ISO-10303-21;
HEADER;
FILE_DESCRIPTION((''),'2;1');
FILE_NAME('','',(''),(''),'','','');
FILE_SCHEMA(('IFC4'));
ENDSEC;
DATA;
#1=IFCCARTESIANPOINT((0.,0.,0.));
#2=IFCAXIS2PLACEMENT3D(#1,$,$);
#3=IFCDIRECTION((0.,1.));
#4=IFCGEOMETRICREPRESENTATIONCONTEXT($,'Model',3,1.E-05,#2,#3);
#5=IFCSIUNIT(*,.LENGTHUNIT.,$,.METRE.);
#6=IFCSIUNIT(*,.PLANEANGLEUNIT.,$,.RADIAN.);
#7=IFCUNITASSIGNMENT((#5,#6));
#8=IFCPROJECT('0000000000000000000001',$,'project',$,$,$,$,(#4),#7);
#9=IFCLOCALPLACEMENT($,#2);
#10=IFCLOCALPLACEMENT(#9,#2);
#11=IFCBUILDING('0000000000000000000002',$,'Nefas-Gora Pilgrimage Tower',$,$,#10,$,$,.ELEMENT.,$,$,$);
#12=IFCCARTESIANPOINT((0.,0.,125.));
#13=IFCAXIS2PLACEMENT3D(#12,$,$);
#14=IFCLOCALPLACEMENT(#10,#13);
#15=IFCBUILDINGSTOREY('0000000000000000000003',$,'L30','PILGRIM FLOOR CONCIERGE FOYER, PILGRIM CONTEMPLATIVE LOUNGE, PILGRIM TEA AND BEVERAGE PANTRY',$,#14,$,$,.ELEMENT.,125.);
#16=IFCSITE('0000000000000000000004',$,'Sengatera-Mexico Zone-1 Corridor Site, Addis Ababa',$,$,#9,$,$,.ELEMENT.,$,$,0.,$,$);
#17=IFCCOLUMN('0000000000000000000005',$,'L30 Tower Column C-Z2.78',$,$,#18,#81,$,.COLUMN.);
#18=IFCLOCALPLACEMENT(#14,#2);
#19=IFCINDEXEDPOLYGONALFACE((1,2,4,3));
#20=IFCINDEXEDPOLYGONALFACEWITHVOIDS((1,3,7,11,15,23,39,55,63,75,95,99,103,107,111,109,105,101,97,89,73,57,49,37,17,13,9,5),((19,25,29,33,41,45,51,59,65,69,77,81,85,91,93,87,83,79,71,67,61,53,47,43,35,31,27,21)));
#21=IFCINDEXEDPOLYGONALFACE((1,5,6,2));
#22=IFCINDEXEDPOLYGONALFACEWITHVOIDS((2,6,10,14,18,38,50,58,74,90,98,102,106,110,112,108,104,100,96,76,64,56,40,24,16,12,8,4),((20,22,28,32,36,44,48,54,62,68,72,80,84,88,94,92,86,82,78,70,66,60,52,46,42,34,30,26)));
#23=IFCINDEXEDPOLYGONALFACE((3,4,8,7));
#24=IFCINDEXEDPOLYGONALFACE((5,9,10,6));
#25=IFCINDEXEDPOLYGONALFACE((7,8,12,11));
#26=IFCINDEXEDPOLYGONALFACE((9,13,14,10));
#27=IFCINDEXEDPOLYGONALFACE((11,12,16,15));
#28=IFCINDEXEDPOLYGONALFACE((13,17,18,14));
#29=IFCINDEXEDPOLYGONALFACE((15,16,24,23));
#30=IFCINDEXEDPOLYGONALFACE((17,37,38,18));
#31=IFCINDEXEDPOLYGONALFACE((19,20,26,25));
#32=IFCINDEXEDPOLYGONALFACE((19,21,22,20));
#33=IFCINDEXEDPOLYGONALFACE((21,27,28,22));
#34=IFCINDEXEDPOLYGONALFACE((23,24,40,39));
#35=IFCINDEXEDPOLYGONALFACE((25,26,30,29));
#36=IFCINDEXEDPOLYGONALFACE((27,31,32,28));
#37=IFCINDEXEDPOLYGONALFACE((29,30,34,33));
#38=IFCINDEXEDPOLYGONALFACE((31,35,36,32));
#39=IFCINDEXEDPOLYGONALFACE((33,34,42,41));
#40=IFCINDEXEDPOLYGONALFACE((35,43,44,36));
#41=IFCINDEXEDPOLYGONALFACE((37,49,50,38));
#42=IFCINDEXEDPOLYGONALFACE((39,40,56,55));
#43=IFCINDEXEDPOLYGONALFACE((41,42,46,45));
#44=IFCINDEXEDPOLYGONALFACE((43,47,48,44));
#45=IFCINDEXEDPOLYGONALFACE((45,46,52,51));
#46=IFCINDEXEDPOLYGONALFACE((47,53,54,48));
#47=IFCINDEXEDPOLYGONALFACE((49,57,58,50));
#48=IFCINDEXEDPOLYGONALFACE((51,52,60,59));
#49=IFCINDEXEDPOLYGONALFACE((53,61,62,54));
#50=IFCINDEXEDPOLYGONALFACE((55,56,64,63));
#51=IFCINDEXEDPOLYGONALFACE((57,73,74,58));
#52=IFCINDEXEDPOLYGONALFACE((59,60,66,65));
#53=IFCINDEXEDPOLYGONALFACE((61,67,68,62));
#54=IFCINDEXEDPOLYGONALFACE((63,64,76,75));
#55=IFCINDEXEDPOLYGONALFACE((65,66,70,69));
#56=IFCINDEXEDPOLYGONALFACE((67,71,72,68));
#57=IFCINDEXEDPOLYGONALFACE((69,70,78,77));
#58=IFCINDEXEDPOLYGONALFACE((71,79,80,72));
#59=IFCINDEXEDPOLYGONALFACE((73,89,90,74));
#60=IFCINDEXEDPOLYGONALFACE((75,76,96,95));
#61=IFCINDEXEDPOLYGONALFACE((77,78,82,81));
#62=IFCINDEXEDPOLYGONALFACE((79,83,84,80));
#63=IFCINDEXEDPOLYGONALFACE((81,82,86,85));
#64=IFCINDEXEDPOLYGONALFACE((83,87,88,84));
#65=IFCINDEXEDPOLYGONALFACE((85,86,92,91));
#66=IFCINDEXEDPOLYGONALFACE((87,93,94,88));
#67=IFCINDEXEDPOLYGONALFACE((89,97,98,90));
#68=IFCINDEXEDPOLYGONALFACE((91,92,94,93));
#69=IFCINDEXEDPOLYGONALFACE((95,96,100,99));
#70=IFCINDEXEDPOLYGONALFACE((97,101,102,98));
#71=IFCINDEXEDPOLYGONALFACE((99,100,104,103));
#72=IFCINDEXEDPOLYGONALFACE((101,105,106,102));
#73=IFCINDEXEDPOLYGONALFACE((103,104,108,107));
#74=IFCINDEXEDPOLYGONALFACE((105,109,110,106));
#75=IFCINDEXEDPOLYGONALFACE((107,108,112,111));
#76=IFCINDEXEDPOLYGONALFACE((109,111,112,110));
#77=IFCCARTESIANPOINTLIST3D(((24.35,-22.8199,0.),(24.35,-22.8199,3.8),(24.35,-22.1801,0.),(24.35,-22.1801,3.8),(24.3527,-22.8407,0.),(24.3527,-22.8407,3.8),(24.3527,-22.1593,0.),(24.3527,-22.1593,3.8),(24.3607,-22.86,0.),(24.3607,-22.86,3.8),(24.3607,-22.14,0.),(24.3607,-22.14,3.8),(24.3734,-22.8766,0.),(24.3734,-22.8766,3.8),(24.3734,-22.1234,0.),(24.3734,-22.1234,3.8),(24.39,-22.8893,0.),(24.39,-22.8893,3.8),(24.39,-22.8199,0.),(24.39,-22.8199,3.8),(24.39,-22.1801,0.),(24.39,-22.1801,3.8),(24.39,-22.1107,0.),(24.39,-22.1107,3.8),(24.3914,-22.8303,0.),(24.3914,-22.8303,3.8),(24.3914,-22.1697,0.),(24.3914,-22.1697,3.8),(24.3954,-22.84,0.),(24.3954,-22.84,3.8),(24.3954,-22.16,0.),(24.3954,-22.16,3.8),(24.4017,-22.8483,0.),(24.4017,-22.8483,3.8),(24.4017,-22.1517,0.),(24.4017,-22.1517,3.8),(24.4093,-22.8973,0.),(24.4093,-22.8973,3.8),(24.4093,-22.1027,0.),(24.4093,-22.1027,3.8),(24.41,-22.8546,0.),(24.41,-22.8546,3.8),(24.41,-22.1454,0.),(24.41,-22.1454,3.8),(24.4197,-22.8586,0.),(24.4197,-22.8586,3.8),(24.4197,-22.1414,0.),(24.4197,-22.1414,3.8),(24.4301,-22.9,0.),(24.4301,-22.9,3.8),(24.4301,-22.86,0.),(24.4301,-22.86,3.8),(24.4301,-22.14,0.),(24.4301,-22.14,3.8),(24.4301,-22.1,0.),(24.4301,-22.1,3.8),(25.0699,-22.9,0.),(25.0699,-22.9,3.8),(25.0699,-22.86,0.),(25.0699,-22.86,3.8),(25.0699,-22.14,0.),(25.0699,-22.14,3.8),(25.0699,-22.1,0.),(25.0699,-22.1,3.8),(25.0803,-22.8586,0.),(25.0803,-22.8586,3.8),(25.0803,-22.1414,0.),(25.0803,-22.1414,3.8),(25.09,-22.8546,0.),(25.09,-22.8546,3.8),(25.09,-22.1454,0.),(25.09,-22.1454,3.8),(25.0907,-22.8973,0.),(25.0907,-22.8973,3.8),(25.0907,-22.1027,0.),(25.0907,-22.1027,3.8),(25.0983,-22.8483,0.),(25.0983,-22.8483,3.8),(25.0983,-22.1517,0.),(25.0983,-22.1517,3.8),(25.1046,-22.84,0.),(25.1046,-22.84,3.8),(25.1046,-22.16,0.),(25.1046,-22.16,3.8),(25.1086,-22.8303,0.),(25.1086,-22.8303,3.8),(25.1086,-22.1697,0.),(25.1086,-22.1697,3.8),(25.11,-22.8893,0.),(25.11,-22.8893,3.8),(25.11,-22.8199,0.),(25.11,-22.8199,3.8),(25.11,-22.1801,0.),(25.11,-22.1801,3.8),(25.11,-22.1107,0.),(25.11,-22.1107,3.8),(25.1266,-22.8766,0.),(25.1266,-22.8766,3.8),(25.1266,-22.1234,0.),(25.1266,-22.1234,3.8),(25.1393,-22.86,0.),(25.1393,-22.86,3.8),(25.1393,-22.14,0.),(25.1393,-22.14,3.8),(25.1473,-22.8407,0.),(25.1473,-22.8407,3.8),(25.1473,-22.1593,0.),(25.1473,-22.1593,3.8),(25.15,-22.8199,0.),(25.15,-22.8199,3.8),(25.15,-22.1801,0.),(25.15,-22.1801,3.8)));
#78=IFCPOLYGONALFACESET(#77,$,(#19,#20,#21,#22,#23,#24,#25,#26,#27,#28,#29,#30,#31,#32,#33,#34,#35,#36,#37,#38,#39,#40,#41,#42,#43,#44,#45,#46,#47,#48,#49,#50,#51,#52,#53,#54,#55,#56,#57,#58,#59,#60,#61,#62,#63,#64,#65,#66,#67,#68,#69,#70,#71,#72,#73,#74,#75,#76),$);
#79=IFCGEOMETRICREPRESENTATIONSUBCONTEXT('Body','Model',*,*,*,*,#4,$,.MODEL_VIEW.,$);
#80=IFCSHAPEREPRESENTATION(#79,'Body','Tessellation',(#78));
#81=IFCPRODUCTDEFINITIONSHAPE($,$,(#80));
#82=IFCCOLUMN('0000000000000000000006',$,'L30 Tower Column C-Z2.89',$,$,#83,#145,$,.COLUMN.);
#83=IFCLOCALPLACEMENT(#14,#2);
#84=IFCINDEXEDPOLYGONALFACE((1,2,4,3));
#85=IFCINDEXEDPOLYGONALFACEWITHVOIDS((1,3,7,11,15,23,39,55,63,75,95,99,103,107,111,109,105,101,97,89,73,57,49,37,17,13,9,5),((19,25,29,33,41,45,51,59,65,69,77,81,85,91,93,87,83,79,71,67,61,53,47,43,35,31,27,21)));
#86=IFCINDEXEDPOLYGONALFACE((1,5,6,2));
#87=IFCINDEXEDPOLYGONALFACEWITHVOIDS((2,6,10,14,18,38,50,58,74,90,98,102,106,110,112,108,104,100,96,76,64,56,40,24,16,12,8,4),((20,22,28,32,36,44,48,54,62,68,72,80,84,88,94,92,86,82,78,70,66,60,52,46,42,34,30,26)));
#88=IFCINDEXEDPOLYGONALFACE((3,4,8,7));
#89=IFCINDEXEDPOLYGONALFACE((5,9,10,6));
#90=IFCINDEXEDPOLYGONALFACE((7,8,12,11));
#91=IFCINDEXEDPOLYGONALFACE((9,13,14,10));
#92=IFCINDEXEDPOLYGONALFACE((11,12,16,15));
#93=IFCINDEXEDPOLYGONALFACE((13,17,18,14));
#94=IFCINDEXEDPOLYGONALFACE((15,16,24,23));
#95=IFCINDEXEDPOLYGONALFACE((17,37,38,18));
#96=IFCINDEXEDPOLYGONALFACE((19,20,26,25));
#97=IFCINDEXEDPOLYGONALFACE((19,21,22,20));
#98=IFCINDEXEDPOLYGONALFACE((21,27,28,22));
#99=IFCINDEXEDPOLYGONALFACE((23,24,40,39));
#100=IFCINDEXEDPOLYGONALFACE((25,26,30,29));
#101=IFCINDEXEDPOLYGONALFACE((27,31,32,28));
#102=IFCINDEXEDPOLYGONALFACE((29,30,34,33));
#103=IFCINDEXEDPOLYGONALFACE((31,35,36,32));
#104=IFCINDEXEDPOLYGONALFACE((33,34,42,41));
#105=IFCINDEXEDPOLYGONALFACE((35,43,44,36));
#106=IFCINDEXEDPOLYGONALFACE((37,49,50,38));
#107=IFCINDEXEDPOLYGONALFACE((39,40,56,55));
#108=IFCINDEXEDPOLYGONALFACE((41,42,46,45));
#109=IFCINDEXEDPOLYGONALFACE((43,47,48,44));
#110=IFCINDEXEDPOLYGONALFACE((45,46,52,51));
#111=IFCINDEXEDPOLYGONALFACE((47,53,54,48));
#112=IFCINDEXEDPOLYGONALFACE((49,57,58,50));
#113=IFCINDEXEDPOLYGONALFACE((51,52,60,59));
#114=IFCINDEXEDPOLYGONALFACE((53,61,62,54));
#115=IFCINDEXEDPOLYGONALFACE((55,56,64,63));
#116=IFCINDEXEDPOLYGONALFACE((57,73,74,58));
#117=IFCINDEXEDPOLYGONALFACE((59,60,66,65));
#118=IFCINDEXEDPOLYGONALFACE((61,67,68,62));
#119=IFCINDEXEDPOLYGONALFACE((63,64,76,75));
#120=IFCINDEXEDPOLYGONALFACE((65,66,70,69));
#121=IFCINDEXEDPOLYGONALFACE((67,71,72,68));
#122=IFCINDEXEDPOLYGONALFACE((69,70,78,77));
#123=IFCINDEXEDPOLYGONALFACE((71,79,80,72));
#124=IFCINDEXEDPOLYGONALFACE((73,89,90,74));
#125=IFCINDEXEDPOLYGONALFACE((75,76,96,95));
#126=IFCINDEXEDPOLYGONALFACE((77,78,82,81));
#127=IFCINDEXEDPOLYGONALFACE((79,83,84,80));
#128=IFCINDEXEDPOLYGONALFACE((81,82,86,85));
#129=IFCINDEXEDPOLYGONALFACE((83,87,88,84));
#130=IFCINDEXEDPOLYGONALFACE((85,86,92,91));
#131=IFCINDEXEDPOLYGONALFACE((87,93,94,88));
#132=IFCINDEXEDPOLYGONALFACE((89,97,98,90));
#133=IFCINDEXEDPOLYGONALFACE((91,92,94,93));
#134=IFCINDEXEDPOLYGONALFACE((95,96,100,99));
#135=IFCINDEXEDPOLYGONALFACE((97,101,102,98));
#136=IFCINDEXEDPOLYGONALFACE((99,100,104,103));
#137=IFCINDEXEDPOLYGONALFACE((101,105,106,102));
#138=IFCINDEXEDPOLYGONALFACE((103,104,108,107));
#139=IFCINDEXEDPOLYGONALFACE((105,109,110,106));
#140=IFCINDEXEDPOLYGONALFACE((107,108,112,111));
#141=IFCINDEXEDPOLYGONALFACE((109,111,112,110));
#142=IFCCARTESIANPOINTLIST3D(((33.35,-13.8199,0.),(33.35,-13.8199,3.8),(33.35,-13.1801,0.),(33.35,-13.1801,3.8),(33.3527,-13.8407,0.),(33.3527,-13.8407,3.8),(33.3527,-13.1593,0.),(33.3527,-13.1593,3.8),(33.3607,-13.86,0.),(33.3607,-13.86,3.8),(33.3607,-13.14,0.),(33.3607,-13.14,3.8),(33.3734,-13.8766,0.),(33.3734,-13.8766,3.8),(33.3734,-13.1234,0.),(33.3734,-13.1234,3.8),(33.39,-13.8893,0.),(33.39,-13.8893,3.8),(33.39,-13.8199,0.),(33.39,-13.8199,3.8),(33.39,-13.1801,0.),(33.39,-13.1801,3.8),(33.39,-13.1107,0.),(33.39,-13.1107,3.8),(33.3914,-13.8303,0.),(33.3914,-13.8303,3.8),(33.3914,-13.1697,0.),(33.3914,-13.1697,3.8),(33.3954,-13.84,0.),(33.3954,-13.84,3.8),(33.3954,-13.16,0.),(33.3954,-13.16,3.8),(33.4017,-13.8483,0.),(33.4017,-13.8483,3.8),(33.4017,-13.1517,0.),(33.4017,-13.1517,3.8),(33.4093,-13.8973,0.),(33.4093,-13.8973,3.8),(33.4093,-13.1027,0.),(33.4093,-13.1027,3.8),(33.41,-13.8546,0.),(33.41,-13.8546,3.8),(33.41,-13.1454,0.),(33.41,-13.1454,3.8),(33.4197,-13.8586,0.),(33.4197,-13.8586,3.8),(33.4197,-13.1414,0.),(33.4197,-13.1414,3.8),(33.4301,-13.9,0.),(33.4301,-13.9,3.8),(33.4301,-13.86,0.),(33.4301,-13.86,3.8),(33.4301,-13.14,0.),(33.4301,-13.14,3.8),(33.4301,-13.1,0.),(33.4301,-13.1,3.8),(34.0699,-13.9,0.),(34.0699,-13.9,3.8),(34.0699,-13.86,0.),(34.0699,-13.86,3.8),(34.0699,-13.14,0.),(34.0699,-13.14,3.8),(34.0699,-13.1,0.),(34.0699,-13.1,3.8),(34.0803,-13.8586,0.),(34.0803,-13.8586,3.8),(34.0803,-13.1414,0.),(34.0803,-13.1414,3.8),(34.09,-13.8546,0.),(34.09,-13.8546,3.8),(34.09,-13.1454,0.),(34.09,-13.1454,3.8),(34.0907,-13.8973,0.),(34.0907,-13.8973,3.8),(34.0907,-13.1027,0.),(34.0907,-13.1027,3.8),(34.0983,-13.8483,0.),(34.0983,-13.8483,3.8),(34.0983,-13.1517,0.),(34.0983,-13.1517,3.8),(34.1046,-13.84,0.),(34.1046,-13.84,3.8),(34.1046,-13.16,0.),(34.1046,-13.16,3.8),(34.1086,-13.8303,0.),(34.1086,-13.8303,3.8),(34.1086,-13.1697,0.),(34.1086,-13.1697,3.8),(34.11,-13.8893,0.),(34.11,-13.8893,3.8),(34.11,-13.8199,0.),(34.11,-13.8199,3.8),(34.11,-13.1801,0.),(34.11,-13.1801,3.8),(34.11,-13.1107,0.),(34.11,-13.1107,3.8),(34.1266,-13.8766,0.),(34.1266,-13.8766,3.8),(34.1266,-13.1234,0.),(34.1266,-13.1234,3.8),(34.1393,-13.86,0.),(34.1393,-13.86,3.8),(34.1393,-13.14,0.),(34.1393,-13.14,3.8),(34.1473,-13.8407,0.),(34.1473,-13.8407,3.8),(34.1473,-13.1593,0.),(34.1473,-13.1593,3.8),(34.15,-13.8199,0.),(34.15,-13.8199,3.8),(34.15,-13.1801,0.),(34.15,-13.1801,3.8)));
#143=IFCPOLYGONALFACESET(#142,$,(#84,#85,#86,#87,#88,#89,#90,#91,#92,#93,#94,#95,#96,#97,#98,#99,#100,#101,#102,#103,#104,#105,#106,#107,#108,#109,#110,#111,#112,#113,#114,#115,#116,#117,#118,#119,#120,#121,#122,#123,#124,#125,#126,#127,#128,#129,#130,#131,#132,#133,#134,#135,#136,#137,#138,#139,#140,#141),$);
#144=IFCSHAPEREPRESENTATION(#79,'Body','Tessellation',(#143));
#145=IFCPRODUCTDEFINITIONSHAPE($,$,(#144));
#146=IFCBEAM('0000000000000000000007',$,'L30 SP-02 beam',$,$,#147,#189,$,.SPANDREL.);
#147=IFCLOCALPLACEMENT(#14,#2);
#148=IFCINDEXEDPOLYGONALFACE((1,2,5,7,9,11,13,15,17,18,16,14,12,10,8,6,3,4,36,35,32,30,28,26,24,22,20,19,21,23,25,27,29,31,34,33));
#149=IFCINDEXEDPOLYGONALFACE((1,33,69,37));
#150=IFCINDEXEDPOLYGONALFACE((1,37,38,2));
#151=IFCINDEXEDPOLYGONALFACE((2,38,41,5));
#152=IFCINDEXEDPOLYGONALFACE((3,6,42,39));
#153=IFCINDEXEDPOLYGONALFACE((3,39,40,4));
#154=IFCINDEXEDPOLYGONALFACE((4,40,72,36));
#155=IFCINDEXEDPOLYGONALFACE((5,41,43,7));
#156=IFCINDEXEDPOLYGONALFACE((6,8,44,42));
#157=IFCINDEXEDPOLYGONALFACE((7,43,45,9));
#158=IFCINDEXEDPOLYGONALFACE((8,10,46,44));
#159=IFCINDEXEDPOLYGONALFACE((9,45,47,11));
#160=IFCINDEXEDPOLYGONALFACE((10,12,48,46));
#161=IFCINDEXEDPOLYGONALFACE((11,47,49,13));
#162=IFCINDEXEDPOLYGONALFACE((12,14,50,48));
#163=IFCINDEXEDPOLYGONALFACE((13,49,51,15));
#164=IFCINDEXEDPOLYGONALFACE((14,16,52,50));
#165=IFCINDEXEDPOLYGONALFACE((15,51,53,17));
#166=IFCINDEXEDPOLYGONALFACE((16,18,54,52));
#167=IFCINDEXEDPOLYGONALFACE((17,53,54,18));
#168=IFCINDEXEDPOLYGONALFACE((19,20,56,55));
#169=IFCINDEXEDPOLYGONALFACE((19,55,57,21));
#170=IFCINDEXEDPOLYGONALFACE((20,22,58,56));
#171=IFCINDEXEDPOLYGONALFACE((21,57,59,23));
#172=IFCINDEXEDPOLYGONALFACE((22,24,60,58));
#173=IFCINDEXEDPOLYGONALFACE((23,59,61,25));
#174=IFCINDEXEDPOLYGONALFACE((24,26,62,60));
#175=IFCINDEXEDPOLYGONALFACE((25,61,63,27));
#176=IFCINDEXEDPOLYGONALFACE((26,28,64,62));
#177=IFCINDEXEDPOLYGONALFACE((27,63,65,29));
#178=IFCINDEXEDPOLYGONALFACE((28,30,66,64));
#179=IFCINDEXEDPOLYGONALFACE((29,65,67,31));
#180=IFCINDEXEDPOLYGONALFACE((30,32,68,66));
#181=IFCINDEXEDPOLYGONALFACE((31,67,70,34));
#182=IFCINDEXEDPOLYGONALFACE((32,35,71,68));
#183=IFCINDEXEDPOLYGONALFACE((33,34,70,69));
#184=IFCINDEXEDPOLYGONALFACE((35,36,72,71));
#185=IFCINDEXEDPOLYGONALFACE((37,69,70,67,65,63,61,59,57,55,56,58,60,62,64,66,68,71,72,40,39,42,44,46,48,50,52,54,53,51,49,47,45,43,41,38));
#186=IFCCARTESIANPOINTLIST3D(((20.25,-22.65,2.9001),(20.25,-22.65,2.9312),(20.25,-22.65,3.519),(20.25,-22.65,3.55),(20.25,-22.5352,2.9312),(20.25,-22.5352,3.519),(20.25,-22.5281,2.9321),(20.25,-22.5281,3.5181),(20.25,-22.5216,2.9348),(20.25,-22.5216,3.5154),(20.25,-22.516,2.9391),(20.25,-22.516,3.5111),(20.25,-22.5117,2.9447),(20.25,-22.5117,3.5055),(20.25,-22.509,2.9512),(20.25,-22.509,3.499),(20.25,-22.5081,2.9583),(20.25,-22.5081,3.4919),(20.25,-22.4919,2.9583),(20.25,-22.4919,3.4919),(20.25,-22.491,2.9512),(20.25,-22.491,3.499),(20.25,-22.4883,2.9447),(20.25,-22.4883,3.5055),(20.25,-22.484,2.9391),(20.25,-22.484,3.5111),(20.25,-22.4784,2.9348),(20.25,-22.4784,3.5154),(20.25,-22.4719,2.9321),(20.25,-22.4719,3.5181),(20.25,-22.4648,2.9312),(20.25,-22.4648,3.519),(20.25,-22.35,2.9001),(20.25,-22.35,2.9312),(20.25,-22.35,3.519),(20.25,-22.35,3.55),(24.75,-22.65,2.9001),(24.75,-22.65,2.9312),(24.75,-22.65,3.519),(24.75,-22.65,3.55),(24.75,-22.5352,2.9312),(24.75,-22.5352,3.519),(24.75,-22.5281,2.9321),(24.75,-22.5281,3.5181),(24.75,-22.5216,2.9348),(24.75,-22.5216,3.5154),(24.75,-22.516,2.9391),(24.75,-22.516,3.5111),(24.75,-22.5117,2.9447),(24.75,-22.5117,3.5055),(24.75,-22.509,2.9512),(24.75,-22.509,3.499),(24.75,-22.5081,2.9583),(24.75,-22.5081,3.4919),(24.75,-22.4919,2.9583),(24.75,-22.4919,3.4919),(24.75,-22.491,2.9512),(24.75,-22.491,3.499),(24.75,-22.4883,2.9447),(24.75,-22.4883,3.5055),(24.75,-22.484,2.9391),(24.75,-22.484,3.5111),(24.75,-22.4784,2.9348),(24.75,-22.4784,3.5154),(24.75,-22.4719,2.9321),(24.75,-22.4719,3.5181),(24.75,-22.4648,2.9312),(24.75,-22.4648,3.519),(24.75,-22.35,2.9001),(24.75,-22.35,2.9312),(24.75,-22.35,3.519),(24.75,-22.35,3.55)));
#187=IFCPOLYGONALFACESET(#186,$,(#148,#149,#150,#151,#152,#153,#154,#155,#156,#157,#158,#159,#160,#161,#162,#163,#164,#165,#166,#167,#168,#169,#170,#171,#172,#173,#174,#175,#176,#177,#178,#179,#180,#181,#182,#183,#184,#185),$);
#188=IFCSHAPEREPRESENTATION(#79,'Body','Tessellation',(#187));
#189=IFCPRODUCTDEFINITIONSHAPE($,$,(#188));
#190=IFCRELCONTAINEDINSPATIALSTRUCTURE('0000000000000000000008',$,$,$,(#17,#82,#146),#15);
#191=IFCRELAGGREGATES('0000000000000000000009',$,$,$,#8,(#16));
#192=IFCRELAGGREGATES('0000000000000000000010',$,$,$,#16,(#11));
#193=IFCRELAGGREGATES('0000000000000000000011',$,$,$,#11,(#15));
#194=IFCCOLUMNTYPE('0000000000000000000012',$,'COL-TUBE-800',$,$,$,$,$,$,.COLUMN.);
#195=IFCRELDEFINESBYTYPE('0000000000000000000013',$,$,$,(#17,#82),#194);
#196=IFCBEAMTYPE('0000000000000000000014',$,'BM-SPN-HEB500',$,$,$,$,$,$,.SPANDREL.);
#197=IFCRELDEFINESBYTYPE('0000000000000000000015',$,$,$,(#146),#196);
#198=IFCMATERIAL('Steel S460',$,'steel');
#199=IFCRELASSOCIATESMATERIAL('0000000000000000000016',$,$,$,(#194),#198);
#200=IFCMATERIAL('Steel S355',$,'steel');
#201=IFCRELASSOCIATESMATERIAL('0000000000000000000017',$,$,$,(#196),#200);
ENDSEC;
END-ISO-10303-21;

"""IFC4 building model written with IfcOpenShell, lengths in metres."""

from ifc_helpers import new_model, si_unit, direction, frame, origin, origin_2d, place, context, subcontext, project, spatial, hollow_rectangle, i_section, extrude, source, transform, mapped, material, material_profile, profile_set, type_object, element, save


model = new_model("IFC4")

# Units and contexts
model_context = context("Model", 3, precision=1e-05, world=origin(), true_north=direction((0.0, 1.0)))
body_context = subcontext(model_context, "Body", "Model", "MODEL_VIEW")
ifc_project = project(units=[si_unit("LENGTHUNIT", "METRE"), si_unit("PLANEANGLEUNIT", "RADIAN")], contexts=[model_context])

# Site, building, storey
site_placement = place(None, origin())
site = spatial("IfcSite", under=ifc_project, at=site_placement, Name="Sengatera-Mexico Zone-1 Corridor Site, Addis Ababa", CompositionType="ELEMENT", RefElevation=0.0)
building_placement = place(site_placement, origin())
building = spatial("IfcBuilding", under=site, at=building_placement, Name="Nefas-Gora Pilgrimage Tower", CompositionType="ELEMENT")
storey_placement = place(building_placement, frame((0.0, 0.0, 125.0)))
storey = spatial("IfcBuildingStorey", under=building, at=storey_placement, Name="L30", Description="PILGRIM FLOOR CONCIERGE FOYER, PILGRIM CONTEMPLATIVE LOUNGE, PILGRIM TEA AND BEVERAGE PANTRY", CompositionType="ELEMENT", Elevation=125.0)

# Columns
ifc_material_1 = material(Name="Steel S460", Category="steel")
ifc_material_profile_1 = material_profile(ifc_material_1, hollow_rectangle(XDim=0.8, YDim=0.8, WallThickness=0.04, InnerFilletRadius=0.04, OuterFilletRadius=0.0801, at=origin_2d()), Name="BOX 800x800x40")
ifc_profile_set_1 = profile_set([ifc_material_profile_1], Name="Steel S460")
column_type_1 = type_object("IfcColumnType", Name="COL-TUBE-800", PredefinedType="COLUMN", material=ifc_profile_set_1)
shared_shape_1 = source(origin(), body_context, "Body", "SweptSolid", [
    extrude(hollow_rectangle(XDim=0.8, YDim=0.8, WallThickness=0.04, InnerFilletRadius=0.04, OuterFilletRadius=0.0801, at=origin_2d()), origin(), (0.0, 0.0, 1.0), 3.8),
])
for number, where, z_axis, x_axis, name in (
    (1, (24.75, -22.5, 0.0), (0.0, 0.0, 1.0), (1.0, 0.0, 0.0), "L30 Tower Column C-Z2.78"),
    (2, (33.75, -13.5, 0.0), (0.0, 0.0, 1.0), (1.0, 0.0, 0.0), "L30 Tower Column C-Z2.89"),
):
    element("IfcColumn", number, at=place(storey_placement, frame(where, z_axis=z_axis, x_axis=x_axis)), inside=storey, type_object=column_type_1, Name=name, PredefinedType="COLUMN", context=body_context, shape_type="MappedRepresentation", body=[
        mapped(shared_shape_1, transform((0.0, 0.0, 0.0), x_axis=(1.0, 0.0, 0.0), y_axis=(0.0, 1.0, 0.0), z_axis=(0.0, 0.0, 1.0), scale=1.0)),
    ])

# Beam
ifc_material_2 = material(Name="Steel S355", Category="steel")
ifc_material_profile_2 = material_profile(ifc_material_2, i_section(OverallWidth=0.3, OverallDepth=0.6499, WebThickness=0.0161, FlangeThickness=0.031, FilletRadius=0.0271, at=origin_2d()), Name="HEB 650")
ifc_profile_set_2 = profile_set([ifc_material_profile_2], Name="Steel S355")
beam_type_1 = type_object("IfcBeamType", Name="BM-SPN-HEB500", PredefinedType="SPANDREL", material=ifc_profile_set_2)
shared_shape_2 = source(origin(), body_context, "Body", "SweptSolid", [
    extrude(i_section(OverallWidth=0.3, OverallDepth=0.6499, WebThickness=0.0161, FlangeThickness=0.031, FilletRadius=0.0271, at=origin_2d()), origin(), (0.0, 0.0, 1.0), 4.5),
])
beam_1_placement = place(storey_placement, frame((20.25, -22.5, 3.2251), z_axis=(1.0, 0.0, 0.0), x_axis=(0.0, 1.0, 0.0)))
element("IfcBeam", 3, at=beam_1_placement, inside=storey, type_object=beam_type_1, Name="L30 SP-02 beam", PredefinedType="SPANDREL", context=body_context, shape_type="MappedRepresentation", body=[
    mapped(shared_shape_2, transform((0.0, 0.0, 0.0), x_axis=(1.0, 0.0, 0.0), y_axis=(0.0, 1.0, 0.0), z_axis=(0.0, 0.0, 1.0), scale=1.0)),
])

save(model, "model.ifc")
